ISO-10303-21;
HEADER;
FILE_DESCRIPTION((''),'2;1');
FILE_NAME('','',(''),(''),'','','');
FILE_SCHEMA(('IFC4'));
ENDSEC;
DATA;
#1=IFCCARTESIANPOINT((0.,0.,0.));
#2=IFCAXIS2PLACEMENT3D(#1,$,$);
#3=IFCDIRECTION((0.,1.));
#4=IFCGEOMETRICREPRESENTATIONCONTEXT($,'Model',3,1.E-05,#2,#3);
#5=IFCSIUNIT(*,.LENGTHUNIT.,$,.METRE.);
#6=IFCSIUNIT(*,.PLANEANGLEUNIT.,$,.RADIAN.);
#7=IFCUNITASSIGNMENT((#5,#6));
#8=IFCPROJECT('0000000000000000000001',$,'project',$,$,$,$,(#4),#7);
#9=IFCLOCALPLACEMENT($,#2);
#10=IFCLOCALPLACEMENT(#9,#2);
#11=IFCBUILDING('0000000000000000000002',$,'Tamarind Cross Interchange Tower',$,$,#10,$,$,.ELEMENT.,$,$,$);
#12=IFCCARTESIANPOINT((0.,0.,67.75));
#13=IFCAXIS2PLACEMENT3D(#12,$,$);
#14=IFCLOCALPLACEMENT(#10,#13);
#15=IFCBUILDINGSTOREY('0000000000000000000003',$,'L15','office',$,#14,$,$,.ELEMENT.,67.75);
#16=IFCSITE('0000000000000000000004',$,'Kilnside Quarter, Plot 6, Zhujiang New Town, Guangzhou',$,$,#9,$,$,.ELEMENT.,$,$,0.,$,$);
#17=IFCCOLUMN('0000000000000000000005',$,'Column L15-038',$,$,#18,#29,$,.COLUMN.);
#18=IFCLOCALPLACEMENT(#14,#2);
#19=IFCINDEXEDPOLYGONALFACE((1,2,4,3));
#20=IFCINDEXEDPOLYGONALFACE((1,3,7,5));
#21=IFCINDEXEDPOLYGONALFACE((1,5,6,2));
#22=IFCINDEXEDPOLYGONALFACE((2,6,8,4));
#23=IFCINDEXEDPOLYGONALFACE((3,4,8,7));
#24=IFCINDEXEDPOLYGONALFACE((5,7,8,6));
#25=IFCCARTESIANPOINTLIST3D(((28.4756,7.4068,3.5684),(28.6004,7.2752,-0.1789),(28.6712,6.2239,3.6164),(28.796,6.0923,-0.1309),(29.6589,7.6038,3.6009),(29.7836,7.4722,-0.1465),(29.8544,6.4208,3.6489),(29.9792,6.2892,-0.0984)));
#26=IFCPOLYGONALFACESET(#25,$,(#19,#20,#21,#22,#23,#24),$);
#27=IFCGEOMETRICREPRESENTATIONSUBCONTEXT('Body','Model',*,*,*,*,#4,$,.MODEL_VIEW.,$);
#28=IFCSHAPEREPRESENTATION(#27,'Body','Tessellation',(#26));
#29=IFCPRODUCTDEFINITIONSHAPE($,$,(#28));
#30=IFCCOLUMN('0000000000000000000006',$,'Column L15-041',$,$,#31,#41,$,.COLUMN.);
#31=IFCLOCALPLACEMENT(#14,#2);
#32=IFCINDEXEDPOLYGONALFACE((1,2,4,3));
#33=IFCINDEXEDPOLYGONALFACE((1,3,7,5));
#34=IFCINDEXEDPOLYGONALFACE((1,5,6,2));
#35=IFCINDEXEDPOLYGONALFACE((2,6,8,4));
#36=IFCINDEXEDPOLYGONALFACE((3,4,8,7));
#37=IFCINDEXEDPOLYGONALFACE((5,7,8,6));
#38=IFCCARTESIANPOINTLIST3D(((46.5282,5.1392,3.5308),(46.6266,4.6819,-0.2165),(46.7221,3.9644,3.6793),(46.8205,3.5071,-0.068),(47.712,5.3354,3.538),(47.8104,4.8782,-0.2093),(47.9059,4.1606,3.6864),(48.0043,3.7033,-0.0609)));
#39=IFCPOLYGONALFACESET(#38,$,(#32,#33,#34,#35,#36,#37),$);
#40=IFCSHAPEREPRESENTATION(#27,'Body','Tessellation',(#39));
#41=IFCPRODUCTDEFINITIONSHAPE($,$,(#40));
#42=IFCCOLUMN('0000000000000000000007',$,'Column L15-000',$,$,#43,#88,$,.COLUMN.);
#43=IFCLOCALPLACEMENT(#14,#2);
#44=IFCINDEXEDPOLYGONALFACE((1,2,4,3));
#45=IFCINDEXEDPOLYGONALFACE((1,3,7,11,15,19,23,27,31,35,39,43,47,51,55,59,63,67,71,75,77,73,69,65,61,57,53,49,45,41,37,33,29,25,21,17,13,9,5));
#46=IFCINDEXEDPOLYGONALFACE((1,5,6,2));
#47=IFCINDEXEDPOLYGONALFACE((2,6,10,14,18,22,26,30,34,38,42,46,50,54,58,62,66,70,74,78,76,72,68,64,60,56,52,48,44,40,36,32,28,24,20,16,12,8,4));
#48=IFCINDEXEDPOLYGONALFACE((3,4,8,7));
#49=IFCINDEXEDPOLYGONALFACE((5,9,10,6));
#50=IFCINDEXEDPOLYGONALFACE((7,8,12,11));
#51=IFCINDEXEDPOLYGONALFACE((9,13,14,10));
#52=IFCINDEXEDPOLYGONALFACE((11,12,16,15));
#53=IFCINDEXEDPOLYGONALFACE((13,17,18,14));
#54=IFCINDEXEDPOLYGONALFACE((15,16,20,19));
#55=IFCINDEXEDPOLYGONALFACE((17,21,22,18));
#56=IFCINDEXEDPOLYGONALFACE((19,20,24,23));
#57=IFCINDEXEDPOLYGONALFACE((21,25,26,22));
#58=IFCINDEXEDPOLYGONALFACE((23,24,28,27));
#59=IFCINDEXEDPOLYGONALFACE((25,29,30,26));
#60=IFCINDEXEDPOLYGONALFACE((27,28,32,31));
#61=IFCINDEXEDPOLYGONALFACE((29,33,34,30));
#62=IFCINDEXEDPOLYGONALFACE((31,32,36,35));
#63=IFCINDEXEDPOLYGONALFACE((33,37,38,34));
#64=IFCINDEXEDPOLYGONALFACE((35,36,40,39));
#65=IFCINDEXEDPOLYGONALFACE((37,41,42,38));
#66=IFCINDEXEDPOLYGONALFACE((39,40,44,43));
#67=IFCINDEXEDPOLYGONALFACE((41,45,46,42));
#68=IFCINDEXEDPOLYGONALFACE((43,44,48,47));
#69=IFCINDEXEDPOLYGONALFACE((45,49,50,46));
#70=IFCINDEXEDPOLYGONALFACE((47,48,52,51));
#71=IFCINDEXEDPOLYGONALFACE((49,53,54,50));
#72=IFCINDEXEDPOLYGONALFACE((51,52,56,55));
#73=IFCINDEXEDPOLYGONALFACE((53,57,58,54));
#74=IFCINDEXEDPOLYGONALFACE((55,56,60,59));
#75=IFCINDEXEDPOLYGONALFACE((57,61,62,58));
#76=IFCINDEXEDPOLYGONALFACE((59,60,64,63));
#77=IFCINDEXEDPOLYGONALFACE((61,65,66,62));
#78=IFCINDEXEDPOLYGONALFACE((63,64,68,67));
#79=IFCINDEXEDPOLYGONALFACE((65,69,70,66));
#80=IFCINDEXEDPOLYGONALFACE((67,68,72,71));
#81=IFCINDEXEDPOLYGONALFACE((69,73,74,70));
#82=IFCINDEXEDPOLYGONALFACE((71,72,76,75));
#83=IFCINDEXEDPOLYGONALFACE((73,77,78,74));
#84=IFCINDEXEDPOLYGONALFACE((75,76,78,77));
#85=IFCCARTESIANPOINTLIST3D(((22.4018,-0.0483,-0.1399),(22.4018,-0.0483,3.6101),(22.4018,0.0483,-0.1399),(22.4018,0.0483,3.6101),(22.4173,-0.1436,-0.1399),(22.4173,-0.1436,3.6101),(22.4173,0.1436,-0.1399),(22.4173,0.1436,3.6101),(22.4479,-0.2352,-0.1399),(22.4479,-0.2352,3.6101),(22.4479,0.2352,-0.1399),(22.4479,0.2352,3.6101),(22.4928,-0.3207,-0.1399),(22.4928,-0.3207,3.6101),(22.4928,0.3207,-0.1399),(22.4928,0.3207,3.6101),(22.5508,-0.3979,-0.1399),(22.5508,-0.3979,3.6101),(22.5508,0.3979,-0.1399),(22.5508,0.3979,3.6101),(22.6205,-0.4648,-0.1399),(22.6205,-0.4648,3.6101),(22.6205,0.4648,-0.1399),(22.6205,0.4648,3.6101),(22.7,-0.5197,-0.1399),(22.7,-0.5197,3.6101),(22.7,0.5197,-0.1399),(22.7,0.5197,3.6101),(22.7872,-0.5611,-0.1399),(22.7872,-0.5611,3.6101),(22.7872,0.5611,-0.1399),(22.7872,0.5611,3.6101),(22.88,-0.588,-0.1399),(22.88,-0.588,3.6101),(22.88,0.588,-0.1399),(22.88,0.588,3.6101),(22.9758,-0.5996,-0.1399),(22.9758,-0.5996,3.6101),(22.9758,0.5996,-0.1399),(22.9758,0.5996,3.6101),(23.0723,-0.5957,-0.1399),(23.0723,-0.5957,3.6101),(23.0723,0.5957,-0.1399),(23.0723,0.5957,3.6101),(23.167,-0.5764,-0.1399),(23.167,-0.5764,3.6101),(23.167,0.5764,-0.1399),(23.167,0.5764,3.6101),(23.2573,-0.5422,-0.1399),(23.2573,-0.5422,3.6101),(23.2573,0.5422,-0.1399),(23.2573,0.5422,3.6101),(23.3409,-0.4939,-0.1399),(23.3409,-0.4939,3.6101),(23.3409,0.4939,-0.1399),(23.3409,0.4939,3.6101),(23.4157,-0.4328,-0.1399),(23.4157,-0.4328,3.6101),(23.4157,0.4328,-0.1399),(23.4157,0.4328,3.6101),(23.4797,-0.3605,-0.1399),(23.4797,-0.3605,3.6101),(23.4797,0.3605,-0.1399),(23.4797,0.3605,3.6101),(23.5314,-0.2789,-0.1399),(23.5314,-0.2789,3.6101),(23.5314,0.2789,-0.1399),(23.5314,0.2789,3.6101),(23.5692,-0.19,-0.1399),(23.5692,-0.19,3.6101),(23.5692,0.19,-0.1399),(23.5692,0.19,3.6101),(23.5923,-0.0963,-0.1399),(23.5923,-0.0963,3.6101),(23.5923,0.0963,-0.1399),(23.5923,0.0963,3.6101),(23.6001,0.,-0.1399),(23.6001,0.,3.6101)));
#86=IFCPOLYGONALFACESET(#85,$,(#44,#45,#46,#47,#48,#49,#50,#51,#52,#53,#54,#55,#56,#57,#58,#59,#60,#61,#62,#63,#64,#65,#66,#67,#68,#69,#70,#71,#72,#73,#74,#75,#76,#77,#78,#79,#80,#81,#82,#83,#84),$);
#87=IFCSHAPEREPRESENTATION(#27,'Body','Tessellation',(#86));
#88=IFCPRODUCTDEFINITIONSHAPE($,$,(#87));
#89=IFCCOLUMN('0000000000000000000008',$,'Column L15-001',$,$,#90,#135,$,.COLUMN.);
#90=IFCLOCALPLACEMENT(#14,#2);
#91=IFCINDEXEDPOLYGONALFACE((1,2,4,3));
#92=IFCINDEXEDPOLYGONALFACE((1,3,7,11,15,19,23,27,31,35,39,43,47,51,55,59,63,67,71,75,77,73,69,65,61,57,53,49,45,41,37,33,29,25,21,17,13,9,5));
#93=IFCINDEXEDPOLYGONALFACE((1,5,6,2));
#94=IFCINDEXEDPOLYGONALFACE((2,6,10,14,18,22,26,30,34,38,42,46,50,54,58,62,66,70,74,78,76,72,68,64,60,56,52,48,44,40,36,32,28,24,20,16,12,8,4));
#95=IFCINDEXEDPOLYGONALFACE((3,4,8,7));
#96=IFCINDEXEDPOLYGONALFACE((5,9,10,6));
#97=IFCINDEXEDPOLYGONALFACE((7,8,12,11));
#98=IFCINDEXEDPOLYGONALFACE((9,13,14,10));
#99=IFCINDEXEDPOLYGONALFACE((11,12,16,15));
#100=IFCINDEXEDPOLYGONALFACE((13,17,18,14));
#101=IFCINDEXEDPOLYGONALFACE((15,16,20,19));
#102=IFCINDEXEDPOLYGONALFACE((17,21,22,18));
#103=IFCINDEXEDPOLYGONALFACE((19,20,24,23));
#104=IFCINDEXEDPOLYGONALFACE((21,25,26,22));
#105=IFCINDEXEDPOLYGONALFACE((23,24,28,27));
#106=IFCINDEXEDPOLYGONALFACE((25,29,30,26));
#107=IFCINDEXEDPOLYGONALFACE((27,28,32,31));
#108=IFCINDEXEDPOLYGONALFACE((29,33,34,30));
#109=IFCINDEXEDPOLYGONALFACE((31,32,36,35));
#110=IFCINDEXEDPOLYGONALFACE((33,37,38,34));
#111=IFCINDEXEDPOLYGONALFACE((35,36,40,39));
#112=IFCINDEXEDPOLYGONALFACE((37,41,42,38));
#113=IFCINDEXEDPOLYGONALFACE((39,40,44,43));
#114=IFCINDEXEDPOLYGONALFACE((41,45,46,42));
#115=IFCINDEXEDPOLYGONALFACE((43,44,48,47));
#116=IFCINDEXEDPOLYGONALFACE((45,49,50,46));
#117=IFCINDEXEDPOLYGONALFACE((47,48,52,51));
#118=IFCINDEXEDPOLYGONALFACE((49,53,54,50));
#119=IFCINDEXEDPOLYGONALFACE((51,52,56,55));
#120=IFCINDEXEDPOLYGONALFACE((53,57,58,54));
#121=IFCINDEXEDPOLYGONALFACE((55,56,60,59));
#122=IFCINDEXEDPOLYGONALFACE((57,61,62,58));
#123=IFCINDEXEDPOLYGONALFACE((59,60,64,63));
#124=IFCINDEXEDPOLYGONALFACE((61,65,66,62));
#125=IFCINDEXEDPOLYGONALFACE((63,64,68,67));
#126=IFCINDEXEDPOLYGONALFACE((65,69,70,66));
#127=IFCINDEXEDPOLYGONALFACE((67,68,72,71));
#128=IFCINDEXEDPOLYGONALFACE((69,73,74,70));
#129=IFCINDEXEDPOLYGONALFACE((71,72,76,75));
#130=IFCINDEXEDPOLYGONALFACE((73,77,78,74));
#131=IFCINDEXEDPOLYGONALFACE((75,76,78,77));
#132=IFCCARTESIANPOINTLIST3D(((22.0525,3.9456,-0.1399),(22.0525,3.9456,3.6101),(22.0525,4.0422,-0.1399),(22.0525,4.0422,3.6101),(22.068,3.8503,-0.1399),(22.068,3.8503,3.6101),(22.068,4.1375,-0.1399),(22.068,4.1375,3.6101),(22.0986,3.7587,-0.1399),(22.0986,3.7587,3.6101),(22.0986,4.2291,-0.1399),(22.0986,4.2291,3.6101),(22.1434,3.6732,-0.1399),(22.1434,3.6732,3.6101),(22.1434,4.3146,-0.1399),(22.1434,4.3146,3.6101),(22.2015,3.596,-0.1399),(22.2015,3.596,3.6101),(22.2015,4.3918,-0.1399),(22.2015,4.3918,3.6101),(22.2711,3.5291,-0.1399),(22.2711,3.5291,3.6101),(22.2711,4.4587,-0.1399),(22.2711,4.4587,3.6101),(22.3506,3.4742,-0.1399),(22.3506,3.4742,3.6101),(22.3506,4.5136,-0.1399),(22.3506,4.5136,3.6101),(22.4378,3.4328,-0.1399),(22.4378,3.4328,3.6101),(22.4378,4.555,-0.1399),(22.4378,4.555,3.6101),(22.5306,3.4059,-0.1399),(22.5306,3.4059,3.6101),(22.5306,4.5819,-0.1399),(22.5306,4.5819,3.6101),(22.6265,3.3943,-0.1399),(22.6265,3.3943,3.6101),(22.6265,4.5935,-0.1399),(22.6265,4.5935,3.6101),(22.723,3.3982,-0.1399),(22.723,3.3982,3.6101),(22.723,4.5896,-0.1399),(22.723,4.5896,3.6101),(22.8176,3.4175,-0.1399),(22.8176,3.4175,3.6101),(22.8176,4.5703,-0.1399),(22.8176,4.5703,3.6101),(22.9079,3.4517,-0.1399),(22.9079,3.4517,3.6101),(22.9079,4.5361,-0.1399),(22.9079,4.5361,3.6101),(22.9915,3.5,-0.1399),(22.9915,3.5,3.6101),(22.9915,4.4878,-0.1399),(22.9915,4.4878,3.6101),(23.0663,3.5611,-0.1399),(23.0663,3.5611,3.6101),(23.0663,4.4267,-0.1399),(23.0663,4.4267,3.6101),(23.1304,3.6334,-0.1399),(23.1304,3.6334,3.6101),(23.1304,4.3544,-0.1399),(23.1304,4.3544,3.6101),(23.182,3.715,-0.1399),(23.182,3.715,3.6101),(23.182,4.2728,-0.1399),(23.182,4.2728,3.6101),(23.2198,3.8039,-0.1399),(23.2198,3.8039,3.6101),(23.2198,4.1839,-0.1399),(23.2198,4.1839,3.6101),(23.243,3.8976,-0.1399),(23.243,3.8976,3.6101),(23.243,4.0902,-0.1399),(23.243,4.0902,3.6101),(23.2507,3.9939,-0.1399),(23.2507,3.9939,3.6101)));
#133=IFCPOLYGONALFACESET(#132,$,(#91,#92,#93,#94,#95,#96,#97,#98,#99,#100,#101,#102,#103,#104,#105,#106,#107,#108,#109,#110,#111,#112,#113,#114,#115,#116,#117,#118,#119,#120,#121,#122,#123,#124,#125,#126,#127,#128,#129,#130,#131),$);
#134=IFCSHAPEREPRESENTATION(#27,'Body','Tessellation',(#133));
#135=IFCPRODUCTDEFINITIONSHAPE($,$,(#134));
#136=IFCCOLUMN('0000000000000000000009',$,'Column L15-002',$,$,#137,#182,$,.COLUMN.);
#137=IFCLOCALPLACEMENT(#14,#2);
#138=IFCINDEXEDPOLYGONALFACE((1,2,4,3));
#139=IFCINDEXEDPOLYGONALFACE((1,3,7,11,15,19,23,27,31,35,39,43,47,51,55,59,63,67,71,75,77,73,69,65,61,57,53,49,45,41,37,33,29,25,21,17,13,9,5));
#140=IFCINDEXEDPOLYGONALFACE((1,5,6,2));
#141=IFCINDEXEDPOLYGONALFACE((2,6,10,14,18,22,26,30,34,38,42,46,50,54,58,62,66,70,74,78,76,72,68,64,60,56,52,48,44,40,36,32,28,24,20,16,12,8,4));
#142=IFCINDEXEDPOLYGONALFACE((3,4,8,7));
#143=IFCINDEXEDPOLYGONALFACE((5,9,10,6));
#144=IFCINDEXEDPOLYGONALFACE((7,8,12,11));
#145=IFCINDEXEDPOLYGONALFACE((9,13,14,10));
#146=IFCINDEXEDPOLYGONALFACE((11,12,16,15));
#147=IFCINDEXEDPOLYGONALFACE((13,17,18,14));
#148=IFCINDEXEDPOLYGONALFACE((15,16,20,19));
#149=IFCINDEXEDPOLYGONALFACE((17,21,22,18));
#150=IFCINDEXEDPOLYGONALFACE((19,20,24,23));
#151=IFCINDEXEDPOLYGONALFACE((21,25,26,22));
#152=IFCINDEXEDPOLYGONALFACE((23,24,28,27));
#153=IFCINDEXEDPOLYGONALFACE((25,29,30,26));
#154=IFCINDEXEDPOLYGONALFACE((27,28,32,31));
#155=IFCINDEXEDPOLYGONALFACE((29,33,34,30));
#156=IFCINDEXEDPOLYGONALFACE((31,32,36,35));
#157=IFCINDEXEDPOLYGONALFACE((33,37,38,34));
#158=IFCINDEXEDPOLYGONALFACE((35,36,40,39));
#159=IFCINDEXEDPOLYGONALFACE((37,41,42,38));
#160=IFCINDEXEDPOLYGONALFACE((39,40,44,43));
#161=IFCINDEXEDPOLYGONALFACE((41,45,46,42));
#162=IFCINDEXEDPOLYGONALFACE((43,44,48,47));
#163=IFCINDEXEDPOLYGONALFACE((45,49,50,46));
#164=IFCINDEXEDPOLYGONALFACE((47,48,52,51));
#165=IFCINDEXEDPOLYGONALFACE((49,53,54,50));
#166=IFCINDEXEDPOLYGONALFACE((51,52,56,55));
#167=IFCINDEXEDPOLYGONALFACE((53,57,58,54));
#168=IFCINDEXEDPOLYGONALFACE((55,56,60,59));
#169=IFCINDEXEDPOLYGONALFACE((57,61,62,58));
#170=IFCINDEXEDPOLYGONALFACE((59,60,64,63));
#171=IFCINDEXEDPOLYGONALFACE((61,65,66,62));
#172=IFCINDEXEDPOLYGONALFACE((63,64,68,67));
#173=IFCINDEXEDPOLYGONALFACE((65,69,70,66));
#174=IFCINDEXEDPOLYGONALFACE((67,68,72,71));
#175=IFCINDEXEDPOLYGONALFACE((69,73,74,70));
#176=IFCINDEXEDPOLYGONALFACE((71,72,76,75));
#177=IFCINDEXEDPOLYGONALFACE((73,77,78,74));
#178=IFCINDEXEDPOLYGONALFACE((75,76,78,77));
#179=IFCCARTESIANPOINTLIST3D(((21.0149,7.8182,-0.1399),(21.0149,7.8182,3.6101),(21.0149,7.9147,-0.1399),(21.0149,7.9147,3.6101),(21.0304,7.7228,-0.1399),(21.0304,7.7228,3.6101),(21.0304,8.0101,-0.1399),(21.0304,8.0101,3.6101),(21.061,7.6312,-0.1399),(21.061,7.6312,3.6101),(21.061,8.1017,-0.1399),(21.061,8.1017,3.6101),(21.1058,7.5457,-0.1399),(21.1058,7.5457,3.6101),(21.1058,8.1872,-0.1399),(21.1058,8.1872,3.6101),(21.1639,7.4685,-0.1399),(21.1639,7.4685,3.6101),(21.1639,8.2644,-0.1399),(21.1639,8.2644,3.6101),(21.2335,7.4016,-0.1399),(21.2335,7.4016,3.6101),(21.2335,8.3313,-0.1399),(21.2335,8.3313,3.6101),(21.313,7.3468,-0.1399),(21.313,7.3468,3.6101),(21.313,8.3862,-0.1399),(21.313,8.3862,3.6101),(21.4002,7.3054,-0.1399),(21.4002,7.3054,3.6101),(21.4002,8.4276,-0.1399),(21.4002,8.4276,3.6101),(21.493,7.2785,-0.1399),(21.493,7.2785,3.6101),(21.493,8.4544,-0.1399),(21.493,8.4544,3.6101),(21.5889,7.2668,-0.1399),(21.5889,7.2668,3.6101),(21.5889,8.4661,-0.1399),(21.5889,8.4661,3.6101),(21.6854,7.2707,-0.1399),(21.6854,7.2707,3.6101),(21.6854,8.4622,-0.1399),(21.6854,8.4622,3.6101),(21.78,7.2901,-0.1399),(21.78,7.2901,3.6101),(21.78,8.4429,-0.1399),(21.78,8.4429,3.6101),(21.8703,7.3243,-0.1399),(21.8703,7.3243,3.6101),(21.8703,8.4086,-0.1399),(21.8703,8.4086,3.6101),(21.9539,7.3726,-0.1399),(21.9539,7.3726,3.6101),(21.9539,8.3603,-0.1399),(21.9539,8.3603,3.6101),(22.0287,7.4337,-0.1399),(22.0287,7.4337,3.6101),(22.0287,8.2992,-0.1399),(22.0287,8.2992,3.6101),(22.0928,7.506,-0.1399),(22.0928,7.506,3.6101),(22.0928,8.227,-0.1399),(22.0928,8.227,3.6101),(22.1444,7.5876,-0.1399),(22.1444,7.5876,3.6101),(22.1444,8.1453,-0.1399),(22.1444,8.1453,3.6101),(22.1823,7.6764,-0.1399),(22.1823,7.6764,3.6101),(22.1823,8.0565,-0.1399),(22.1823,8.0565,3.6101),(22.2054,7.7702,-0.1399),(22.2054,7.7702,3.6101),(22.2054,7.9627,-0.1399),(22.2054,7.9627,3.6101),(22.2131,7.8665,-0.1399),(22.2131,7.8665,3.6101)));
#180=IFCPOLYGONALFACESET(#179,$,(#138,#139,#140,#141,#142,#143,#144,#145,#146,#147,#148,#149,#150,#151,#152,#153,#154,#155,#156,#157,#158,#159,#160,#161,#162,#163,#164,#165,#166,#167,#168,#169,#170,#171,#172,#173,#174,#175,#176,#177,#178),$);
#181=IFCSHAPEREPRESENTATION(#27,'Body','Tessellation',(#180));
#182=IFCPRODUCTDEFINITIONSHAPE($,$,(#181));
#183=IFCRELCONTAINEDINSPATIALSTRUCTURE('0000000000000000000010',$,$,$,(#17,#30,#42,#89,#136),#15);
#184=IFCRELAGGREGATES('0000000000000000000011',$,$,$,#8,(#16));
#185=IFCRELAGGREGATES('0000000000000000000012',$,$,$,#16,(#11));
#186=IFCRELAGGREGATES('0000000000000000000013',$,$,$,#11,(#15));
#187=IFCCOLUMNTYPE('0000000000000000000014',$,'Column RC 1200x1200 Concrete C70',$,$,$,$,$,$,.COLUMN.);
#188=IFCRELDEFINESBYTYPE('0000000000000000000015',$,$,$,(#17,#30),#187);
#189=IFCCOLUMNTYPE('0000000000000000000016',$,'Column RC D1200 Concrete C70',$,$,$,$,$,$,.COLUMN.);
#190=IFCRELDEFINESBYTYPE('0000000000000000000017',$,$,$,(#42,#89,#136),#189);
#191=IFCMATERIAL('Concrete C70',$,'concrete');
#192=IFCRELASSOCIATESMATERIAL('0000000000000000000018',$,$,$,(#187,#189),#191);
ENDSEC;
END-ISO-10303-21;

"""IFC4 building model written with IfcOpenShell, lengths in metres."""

from ifc_helpers import new_model, si_unit, direction, frame, origin, origin_2d, place, context, subcontext, project, spatial, rectangle, circle, extrude, material, material_profile, profile_set, type_object, element, save


model = new_model("IFC4")

# Units and contexts
model_context = context("Model", 3, precision=1e-05, world=origin(), true_north=direction((0.0, 1.0)))
body_context = subcontext(model_context, "Body", "Model", "MODEL_VIEW")
ifc_project = project(units=[si_unit("LENGTHUNIT", "METRE"), si_unit("PLANEANGLEUNIT", "RADIAN")], contexts=[model_context])

# Site, building, storey
site_placement = place(None, origin())
site = spatial("IfcSite", under=ifc_project, at=site_placement, Name="Kilnside Quarter, Plot 6, Zhujiang New Town, Guangzhou", CompositionType="ELEMENT", RefElevation=0.0)
building_placement = place(site_placement, origin())
building = spatial("IfcBuilding", under=site, at=building_placement, Name="Tamarind Cross Interchange Tower", CompositionType="ELEMENT")
storey_placement = place(building_placement, frame((0.0, 0.0, 67.75)))
storey = spatial("IfcBuildingStorey", under=building, at=storey_placement, Name="L15", Description="office", CompositionType="ELEMENT", Elevation=67.75)

# Columns
ifc_material_1 = material(Name="Concrete C70", Category="concrete")
ifc_material_profile_1 = material_profile(ifc_material_1, rectangle(XDim=1.2, YDim=1.2, at=origin_2d()), Name="RC 1200x1200")
ifc_profile_set_1 = profile_set([ifc_material_profile_1], Name="Concrete C70")
column_type_1 = type_object("IfcColumnType", Name="Column RC 1200x1200 Concrete C70", PredefinedType="COLUMN", material=ifc_profile_set_1)
column_1_placement = place(storey_placement, frame((29.2898, 6.7822, -0.1387), z_axis=(-0.033253, 0.035075, 0.998831), x_axis=(0.162997, -0.985814, 0.040045)))
element("IfcColumn", 1, at=column_1_placement, inside=storey, type_object=column_type_1, Name="Column L15-038", PredefinedType="COLUMN", context=body_context, shape_type="SweptSolid", body=[
    extrude(rectangle(XDim=1.2, YDim=1.2, at=origin_2d()), origin(), (0.0, 0.0, 1.0), 3.7517),
])
column_2_placement = place(storey_placement, frame((47.3154, 4.1926, -0.1387), z_axis=(-0.026054, 0.121088, 0.9923), x_axis=(0.161569, -0.979076, 0.123716)))
element("IfcColumn", 2, at=column_2_placement, inside=storey, type_object=column_type_1, Name="Column L15-041", PredefinedType="COLUMN", context=body_context, shape_type="SweptSolid", body=[
    extrude(rectangle(XDim=1.2, YDim=1.2, at=origin_2d()), origin(), (0.0, 0.0, 1.0), 3.7764),
])
ifc_material_profile_2 = material_profile(ifc_material_1, circle(Radius=0.6001, at=origin_2d()), Name="RC D1200")
ifc_profile_set_2 = profile_set([ifc_material_profile_2], Name="Concrete C70")
column_type_2 = type_object("IfcColumnType", Name="Column RC D1200 Concrete C70", PredefinedType="COLUMN", material=ifc_profile_set_2)
for number, where, z_axis, x_axis, name in (
    (3, (23.0, 0.0, -0.1399), (0.0, 0.0, 1.0), (1.0, 0.0, 0.0), "Column L15-000"),
    (4, (22.6506, 3.9939, -0.1399), (0.0, 0.0, 1.0), (1.0, 0.0, 0.0), "Column L15-001"),
    (5, (21.613, 7.8665, -0.1399), (0.0, 0.0, 1.0), (1.0, 0.0, 0.0), "Column L15-002"),
):
    element("IfcColumn", number, at=place(storey_placement, frame(where, z_axis=z_axis, x_axis=x_axis)), inside=storey, type_object=column_type_2, Name=name, PredefinedType="COLUMN", context=body_context, shape_type="SweptSolid", body=[
        extrude(circle(Radius=0.6001, at=origin_2d()), origin(), (0.0, 0.0, 1.0), 3.75),
    ])

save(model, "model.ifc")
